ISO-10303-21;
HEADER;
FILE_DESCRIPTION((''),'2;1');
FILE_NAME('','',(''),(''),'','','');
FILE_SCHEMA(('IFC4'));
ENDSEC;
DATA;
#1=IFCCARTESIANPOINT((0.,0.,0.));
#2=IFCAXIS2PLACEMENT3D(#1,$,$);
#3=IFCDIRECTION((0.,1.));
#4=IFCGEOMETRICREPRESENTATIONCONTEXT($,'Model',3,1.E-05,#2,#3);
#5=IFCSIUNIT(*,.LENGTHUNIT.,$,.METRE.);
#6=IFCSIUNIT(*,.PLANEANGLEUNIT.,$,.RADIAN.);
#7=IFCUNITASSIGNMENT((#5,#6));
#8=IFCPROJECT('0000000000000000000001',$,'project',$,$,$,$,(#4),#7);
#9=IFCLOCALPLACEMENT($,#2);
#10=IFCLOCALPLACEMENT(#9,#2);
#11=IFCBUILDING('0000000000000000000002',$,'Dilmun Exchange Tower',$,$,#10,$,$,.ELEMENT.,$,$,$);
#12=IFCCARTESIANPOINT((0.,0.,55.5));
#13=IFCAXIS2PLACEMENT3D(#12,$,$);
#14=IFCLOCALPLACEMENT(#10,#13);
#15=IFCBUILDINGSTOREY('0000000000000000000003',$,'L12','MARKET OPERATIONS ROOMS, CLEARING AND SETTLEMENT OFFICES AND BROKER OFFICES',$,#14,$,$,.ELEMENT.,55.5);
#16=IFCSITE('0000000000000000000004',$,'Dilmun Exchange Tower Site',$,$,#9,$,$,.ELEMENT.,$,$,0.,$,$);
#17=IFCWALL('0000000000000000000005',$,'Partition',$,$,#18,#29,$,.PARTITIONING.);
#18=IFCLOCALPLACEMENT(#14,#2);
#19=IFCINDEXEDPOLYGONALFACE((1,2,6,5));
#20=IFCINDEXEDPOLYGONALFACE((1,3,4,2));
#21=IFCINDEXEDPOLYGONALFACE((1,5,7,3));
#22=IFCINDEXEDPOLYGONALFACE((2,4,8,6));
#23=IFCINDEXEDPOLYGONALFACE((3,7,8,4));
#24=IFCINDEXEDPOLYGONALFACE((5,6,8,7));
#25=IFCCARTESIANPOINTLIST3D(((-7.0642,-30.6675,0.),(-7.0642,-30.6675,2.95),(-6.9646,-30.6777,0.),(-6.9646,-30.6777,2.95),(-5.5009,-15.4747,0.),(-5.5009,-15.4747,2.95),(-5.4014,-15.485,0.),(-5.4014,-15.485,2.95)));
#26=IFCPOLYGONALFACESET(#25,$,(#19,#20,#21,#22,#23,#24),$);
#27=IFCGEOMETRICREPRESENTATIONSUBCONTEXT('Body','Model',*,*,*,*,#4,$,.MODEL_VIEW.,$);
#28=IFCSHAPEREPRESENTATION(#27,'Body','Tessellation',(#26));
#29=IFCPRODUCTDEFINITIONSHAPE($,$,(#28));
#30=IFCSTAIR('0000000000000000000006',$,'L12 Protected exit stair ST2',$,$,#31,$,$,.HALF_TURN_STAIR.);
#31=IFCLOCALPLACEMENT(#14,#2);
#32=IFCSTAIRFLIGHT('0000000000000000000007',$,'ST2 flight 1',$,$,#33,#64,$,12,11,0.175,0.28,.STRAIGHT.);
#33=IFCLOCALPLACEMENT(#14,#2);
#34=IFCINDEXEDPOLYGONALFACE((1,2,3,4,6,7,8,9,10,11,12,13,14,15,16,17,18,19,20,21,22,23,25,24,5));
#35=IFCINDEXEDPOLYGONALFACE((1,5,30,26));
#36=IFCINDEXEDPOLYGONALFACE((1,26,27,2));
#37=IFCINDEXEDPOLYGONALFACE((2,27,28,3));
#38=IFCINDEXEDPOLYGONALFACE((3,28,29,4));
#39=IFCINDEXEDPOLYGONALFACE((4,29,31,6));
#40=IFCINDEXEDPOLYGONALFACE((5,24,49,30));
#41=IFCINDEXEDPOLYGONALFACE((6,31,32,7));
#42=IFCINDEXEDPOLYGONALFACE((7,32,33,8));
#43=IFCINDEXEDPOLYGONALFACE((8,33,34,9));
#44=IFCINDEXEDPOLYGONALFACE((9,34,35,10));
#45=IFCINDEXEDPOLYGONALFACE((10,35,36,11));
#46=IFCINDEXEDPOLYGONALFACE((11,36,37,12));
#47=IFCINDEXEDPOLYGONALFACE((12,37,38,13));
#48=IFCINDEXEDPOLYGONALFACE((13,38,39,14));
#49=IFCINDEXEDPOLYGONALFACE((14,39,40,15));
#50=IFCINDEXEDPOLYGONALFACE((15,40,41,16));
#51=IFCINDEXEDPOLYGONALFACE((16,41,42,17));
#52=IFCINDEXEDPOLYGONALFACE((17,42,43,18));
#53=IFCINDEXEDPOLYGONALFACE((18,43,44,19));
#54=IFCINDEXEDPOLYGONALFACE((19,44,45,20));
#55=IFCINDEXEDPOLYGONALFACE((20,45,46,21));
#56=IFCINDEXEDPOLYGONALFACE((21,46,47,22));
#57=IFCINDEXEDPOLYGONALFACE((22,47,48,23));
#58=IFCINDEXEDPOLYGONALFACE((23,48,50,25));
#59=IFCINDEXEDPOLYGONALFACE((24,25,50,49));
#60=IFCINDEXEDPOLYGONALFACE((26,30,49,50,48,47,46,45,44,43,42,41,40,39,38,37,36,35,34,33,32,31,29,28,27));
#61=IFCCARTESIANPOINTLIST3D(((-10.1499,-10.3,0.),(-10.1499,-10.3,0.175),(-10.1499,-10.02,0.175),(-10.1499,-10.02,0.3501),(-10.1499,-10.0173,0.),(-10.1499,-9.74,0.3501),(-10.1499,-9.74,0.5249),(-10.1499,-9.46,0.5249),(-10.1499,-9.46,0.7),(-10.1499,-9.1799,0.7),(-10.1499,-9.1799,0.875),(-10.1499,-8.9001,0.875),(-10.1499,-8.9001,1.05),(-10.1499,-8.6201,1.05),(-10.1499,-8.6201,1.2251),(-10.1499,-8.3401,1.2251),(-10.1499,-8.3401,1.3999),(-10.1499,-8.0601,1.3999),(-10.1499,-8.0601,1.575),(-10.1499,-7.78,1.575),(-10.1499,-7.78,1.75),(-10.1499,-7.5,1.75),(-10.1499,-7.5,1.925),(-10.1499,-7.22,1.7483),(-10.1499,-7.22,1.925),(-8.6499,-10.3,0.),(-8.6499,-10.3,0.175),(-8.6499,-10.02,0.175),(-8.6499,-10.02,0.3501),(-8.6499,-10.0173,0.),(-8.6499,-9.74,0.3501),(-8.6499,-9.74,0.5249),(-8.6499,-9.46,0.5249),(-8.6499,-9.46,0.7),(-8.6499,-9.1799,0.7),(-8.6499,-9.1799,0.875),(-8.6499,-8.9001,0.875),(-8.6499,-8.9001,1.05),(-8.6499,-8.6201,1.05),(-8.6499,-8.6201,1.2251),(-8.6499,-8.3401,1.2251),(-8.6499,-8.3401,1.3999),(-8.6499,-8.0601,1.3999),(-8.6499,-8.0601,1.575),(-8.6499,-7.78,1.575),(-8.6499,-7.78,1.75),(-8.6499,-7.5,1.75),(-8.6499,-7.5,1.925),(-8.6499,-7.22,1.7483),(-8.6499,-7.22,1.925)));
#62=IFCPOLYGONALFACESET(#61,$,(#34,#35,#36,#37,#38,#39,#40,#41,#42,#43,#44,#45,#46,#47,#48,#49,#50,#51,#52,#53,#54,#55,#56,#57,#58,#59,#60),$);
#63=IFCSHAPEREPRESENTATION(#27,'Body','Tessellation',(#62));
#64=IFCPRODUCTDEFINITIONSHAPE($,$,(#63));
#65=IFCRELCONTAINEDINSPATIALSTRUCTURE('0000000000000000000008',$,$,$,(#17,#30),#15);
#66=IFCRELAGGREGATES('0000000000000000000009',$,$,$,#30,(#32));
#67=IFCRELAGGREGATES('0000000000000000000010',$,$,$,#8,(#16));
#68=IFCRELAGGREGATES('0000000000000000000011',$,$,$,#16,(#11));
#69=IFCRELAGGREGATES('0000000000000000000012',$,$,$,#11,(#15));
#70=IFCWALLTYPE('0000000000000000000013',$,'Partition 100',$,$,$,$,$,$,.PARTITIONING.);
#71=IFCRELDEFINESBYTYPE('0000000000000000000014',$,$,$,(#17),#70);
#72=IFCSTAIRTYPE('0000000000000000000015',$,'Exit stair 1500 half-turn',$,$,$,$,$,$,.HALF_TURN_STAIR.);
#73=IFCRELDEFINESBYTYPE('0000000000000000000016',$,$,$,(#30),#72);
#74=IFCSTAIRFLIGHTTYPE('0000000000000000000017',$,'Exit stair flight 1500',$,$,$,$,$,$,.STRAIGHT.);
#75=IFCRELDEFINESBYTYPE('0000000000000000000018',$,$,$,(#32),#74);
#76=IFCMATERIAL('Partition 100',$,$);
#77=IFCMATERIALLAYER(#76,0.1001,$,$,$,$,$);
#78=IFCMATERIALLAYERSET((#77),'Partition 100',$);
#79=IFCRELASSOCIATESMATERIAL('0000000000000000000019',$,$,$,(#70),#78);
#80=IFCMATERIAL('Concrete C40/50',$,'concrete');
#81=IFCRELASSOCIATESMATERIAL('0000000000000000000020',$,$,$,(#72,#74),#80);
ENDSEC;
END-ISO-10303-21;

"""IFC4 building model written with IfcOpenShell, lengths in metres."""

from ifc_helpers import new_model, si_unit, direction, frame, frame_2d, origin, place, context, subcontext, project, spatial, polyline, rectangle, outline, extrude, material, layer, layer_set, type_object, element, aggregate, save


model = new_model("IFC4")

# Units and contexts
model_context = context("Model", 3, precision=1e-05, world=origin(), true_north=direction((0.0, 1.0)))
body_context = subcontext(model_context, "Body", "Model", "MODEL_VIEW")
ifc_project = project(units=[si_unit("LENGTHUNIT", "METRE"), si_unit("PLANEANGLEUNIT", "RADIAN")], contexts=[model_context])

# Site, building, storey
site_placement = place(None, origin())
site = spatial("IfcSite", under=ifc_project, at=site_placement, Name="Dilmun Exchange Tower Site", CompositionType="ELEMENT", RefElevation=0.0)
building_placement = place(site_placement, origin())
building = spatial("IfcBuilding", under=site, at=building_placement, Name="Dilmun Exchange Tower", CompositionType="ELEMENT")
storey_placement = place(building_placement, frame((0.0, 0.0, 55.5)))
storey = spatial("IfcBuildingStorey", under=building, at=storey_placement, Name="L12", Description="MARKET OPERATIONS ROOMS, CLEARING AND SETTLEMENT OFFICES AND BROKER OFFICES", CompositionType="ELEMENT", Elevation=55.5)

# Shared definitions
ifc_material_1 = material(Name="Concrete C40/50", Category="concrete")

# Wall
ifc_material_2 = material(Name="Partition 100")
ifc_layer_1 = layer(ifc_material_2, 0.1001)
ifc_layer_set_1 = layer_set([ifc_layer_1], Name="Partition 100")
wall_type_1 = type_object("IfcWallType", Name="Partition 100", PredefinedType="PARTITIONING", material=ifc_layer_set_1)
wall_1_placement = place(storey_placement, frame((-7.0144, -30.6726, 0.0), z_axis=(0.0, 0.0, 1.0), x_axis=(0.102354, 0.994748, 0.0)))
element("IfcWall", 1, at=wall_1_placement, inside=storey, type_object=wall_type_1, Name="Partition", PredefinedType="PARTITIONING", context=body_context, shape_type="SweptSolid", body=[
    extrude(rectangle(XDim=15.2729, YDim=0.1001, at=frame_2d((7.6365, 0.0))), origin(), (0.0, 0.0, 1.0), 2.95),
])

# Stair, stair flight
stair_type = type_object("IfcStairType", Name="Exit stair 1500 half-turn", PredefinedType="HALF_TURN_STAIR", material=ifc_material_1)
stair_placement = place(storey_placement, origin())
stair = element("IfcStair", 2, at=stair_placement, inside=storey, type_object=stair_type, Name="L12 Protected exit stair ST2", PredefinedType="HALF_TURN_STAIR")
stair_flight_type = type_object("IfcStairFlightType", Name="Exit stair flight 1500", PredefinedType="STRAIGHT", material=ifc_material_1)
stair_flight_placement = place(storey_placement, frame((-9.3999, -10.3, 0.0), z_axis=(0.0, 0.0, 1.0), x_axis=(0.0, 1.0, 0.0)))
stair_flight = element("IfcStairFlight", 3, at=stair_flight_placement, type_object=stair_flight_type, Name="ST2 flight 1", NumberOfRisers=12, NumberOfTreads=11, PredefinedType="STRAIGHT", RiserHeight=0.175, TreadLength=0.28, context=body_context, shape_type="SweptSolid", body=[
    extrude(outline(polyline([(0.0, 0.0), (0.0, 0.175), (0.28, 0.175), (0.28, 0.3501), (0.5601, 0.3501), (0.5601, 0.5249), (0.8401, 0.5249), (0.8401, 0.7), (1.1201, 0.7), (1.1201, 0.875), (1.3999, 0.875), (1.3999, 1.05), (1.6799, 1.05), (1.6799, 1.2251), (1.96, 1.2251), (1.96, 1.3999), (2.24, 1.3999), (2.24, 1.575), (2.52, 1.575), (2.52, 1.75), (2.8, 1.75), (2.8, 1.925), (3.0801, 1.925), (3.0801, 2.1001), (3.0801, 1.7483), (0.2827, 0.0), (0.0, 0.0)])), frame((0.0, 0.75, 0.0), z_axis=(0.0, -1.0, 0.0), x_axis=(1.0, 0.0, 0.0)), (0.0, 0.0, 1.0), 1.5),
])
aggregate(stair, [stair_flight])

save(model, "model.ifc")
